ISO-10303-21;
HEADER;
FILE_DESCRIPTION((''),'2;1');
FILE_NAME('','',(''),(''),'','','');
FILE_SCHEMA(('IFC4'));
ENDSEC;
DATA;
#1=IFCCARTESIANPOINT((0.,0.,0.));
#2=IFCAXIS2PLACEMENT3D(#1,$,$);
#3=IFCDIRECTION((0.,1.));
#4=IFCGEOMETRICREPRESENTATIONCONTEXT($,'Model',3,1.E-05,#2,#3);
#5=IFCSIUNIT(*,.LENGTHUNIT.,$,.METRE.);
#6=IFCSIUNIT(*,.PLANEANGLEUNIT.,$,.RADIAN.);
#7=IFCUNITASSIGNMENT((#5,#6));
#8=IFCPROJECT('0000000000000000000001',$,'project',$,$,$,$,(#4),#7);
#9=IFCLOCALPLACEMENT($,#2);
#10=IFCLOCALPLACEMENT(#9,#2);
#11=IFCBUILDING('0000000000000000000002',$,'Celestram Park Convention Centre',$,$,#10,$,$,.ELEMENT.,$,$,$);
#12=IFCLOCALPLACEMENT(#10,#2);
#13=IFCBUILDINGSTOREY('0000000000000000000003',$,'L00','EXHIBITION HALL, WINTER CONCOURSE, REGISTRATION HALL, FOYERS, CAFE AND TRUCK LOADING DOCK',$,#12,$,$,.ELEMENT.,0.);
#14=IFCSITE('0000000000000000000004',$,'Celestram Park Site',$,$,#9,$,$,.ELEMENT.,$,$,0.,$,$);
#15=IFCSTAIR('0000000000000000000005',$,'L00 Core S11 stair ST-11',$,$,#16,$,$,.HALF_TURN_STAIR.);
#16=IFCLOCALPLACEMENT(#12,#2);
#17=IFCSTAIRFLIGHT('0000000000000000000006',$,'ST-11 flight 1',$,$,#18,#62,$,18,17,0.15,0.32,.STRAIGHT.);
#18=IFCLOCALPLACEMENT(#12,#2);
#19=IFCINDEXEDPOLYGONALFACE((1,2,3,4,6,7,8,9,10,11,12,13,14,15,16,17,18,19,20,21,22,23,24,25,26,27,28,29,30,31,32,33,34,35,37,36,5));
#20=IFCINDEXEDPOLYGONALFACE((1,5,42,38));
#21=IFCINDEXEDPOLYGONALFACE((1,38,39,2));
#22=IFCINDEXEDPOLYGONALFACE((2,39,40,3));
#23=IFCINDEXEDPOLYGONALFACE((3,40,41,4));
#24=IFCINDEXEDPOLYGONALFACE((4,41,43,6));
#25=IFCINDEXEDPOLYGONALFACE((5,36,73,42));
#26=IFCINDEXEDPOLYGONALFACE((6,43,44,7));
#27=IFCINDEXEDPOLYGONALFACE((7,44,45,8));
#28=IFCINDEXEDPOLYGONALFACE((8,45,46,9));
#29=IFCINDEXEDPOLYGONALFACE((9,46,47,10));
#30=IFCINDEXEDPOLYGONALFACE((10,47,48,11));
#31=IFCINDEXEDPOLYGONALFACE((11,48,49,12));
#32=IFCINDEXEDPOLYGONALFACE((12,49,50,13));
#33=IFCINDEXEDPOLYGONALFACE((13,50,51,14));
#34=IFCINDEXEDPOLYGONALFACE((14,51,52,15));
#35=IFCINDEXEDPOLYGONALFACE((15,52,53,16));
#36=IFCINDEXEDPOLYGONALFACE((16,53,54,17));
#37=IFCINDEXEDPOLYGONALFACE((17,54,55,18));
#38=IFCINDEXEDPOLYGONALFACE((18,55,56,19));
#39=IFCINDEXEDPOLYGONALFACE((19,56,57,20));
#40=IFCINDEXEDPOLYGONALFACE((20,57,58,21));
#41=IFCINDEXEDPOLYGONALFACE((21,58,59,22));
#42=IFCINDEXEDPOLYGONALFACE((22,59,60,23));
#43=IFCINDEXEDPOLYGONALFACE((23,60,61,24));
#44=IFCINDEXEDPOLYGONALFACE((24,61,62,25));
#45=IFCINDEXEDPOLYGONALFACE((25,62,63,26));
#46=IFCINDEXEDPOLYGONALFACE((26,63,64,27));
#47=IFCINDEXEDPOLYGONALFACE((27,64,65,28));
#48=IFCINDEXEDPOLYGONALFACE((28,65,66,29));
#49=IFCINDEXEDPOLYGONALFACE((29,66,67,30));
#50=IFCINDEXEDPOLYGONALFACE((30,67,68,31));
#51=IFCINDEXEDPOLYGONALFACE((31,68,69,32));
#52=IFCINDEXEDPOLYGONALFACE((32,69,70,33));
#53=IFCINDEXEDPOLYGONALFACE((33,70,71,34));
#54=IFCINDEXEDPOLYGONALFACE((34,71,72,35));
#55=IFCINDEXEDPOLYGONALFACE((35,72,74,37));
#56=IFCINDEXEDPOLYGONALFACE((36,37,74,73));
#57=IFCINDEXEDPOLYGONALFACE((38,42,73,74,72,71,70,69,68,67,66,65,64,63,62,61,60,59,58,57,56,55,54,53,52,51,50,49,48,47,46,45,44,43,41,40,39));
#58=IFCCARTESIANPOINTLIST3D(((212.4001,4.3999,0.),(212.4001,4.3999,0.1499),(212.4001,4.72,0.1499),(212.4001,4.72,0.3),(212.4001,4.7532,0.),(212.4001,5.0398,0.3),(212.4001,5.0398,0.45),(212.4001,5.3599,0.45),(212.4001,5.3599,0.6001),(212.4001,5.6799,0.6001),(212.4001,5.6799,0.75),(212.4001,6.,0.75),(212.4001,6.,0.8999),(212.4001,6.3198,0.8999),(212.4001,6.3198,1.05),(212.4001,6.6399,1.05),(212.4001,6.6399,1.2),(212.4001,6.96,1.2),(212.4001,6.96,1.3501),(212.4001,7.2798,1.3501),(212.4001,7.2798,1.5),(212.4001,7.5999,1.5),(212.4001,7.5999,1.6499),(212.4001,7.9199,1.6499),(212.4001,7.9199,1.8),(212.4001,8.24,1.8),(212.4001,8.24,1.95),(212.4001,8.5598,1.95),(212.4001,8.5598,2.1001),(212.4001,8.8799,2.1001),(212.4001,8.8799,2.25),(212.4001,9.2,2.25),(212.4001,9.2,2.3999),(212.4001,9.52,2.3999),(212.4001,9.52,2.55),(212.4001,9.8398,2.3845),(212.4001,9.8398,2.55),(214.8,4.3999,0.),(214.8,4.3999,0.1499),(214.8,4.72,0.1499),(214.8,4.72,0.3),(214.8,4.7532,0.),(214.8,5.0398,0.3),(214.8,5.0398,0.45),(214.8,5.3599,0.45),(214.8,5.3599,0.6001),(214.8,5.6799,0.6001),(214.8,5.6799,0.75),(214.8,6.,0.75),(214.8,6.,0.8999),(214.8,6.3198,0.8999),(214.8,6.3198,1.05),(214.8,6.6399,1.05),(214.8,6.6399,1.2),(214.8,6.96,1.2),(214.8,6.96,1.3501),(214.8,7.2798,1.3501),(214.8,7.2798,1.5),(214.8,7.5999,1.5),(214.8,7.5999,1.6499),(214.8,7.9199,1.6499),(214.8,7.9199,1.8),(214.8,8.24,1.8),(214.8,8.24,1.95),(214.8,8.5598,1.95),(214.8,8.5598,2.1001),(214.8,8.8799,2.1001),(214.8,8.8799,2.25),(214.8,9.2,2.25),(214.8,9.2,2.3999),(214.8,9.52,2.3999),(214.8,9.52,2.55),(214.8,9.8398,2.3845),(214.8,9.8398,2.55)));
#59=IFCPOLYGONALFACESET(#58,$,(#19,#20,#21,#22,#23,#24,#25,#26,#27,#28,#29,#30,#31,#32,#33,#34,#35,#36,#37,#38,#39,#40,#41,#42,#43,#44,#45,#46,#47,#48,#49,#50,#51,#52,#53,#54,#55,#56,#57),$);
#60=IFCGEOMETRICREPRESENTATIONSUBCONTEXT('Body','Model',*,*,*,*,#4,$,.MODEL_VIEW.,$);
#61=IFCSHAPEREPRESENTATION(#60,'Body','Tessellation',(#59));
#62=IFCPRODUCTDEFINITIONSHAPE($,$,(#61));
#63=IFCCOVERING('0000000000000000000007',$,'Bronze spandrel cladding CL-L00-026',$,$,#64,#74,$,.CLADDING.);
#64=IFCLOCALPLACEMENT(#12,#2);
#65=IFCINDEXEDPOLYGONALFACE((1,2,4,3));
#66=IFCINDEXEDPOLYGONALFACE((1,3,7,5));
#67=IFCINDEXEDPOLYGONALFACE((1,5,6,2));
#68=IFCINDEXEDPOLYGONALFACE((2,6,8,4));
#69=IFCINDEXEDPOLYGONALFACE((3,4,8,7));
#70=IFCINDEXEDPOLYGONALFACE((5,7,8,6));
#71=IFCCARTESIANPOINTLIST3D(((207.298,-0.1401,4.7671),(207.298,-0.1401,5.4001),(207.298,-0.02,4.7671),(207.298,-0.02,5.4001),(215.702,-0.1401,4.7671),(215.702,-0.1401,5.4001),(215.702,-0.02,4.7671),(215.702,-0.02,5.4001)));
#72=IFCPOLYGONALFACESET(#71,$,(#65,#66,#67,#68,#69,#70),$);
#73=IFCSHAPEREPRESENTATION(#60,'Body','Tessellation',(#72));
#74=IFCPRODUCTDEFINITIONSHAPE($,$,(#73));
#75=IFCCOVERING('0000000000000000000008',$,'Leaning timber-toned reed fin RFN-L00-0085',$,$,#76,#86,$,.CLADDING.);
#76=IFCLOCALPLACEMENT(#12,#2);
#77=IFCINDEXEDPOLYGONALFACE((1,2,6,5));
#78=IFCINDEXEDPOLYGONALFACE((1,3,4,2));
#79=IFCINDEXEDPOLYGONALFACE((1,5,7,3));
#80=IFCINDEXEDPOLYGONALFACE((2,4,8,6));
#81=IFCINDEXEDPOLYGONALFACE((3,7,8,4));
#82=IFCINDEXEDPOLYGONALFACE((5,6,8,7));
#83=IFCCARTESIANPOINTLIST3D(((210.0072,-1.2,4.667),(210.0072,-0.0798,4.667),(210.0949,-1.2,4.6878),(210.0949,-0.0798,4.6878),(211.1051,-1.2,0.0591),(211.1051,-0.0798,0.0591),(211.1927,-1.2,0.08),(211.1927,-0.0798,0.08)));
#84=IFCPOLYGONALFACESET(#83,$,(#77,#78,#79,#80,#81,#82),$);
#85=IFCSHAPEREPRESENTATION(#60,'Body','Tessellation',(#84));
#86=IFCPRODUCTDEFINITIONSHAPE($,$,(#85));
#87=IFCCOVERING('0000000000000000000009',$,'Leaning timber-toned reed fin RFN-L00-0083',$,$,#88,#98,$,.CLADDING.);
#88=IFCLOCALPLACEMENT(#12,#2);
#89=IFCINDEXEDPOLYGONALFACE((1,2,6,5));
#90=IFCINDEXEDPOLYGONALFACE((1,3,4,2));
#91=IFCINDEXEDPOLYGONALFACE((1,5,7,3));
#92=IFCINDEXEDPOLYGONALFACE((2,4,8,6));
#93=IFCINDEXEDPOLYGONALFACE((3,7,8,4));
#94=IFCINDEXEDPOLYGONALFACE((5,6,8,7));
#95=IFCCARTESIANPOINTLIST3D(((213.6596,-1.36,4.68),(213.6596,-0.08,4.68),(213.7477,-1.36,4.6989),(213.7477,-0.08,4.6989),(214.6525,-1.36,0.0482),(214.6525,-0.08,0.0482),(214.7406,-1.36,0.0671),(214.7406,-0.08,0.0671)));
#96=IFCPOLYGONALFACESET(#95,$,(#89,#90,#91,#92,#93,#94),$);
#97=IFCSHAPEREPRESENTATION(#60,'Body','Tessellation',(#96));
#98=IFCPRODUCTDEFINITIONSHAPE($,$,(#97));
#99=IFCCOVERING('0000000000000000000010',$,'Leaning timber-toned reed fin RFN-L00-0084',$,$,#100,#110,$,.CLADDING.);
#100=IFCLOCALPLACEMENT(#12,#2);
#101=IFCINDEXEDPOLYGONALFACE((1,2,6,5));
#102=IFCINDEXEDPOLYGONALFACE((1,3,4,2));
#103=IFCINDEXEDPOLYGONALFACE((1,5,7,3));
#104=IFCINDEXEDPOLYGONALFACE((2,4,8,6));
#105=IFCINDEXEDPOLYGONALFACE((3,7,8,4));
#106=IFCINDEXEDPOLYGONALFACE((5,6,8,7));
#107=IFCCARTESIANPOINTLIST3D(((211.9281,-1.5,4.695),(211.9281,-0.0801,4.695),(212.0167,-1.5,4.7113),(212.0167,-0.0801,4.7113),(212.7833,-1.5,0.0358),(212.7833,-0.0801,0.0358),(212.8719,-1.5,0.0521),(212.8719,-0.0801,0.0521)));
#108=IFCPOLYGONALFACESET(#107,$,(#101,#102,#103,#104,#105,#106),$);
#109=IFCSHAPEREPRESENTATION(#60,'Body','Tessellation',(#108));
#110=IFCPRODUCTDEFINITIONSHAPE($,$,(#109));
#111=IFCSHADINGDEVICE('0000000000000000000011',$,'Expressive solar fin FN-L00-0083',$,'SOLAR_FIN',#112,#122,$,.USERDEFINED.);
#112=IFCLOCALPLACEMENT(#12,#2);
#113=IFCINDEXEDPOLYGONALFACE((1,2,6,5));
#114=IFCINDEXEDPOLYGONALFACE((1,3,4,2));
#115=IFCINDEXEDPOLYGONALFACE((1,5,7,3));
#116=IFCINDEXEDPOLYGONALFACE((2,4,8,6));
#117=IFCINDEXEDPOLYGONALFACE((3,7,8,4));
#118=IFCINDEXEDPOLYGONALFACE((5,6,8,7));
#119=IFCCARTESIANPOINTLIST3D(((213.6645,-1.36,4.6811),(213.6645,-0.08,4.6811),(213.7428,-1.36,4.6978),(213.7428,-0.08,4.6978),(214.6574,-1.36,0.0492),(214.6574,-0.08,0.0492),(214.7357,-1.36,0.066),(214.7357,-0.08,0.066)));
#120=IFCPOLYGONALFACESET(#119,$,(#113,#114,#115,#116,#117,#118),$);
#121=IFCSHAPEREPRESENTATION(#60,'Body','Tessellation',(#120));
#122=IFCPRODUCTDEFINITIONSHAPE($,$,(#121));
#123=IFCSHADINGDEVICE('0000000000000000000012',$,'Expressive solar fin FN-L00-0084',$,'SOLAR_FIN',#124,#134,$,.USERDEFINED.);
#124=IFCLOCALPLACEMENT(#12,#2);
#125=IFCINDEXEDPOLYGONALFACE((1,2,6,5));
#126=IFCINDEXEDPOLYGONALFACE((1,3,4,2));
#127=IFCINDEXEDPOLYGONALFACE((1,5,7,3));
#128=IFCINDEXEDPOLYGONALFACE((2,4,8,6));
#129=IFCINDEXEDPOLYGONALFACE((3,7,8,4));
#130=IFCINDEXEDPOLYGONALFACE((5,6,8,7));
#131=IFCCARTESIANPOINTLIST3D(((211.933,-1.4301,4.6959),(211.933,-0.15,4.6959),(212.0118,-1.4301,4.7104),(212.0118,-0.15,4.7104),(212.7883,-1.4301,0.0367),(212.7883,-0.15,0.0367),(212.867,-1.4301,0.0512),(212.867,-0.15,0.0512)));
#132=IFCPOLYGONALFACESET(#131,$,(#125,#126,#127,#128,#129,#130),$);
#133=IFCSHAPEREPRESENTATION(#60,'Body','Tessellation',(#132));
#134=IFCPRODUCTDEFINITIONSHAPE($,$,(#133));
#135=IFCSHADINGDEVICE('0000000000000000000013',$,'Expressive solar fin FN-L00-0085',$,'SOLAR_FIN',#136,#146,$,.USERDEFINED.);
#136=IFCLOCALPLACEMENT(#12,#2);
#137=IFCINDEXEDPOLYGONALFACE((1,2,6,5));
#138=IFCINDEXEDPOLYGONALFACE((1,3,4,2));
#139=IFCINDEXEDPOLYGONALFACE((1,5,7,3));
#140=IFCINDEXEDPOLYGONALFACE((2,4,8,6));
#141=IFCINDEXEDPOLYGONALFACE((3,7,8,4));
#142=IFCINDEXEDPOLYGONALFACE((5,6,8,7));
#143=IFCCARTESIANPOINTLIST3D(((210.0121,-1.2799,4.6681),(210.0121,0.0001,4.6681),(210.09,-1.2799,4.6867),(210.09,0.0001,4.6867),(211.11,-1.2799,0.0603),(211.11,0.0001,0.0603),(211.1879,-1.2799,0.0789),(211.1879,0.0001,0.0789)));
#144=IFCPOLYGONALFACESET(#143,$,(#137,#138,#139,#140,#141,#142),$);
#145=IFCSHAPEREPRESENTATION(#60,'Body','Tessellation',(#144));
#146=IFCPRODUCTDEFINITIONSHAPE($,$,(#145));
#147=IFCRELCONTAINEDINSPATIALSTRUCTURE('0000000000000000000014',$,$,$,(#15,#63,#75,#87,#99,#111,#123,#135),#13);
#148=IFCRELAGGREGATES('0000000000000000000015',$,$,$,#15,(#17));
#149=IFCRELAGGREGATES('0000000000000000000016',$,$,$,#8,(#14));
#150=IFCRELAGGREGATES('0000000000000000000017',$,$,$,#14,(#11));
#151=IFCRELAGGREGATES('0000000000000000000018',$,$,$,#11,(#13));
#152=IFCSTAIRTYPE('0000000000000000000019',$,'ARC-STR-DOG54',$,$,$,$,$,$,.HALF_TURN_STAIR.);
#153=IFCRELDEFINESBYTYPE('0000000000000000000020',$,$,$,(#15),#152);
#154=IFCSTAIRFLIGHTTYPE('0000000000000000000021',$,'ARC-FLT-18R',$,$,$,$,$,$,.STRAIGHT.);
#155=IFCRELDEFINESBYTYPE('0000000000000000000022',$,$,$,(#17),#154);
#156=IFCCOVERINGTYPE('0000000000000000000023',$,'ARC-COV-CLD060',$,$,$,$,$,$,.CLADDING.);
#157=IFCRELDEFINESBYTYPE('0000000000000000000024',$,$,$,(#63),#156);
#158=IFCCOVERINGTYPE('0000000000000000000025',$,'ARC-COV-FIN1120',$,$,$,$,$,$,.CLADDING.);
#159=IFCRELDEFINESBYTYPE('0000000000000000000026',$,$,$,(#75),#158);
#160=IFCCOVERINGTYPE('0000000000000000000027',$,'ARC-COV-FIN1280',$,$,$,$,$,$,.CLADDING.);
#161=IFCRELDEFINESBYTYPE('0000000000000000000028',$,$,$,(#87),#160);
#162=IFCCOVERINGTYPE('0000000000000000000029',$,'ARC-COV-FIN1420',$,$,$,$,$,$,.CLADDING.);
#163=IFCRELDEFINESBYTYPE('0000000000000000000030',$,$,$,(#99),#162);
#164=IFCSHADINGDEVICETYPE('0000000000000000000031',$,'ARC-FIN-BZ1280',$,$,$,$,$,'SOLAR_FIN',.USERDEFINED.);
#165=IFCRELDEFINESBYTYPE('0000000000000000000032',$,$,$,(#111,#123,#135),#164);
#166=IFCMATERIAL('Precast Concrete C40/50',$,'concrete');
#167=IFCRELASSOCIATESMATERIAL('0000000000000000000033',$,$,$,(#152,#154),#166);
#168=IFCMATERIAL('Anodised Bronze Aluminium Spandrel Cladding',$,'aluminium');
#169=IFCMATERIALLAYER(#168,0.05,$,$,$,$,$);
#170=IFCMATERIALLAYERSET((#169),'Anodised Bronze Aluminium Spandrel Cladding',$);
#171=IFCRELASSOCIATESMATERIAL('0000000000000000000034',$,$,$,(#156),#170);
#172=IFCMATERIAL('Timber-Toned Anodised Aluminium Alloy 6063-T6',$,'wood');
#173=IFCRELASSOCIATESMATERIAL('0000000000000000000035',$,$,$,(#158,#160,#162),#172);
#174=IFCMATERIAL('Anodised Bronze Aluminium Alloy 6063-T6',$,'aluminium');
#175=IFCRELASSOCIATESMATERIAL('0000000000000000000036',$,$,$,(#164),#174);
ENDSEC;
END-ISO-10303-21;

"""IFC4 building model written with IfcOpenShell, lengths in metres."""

from ifc_helpers import new_model, si_unit, direction, frame, origin, origin_2d, place, context, subcontext, project, spatial, polyline, rectangle, outline, extrude, material, layer, layer_set, material_profile, profile_set, type_object, element, aggregate, save


model = new_model("IFC4")

# Units and contexts
model_context = context("Model", 3, precision=1e-05, world=origin(), true_north=direction((0.0, 1.0)))
body_context = subcontext(model_context, "Body", "Model", "MODEL_VIEW")
ifc_project = project(units=[si_unit("LENGTHUNIT", "METRE"), si_unit("PLANEANGLEUNIT", "RADIAN")], contexts=[model_context])

# Site, building, storey
site_placement = place(None, origin())
site = spatial("IfcSite", under=ifc_project, at=site_placement, Name="Celestram Park Site", CompositionType="ELEMENT", RefElevation=0.0)
building_placement = place(site_placement, origin())
building = spatial("IfcBuilding", under=site, at=building_placement, Name="Celestram Park Convention Centre", CompositionType="ELEMENT")
storey_placement = place(building_placement, origin())
storey = spatial("IfcBuildingStorey", under=building, at=storey_placement, Name="L00", Description="EXHIBITION HALL, WINTER CONCOURSE, REGISTRATION HALL, FOYERS, CAFE AND TRUCK LOADING DOCK", CompositionType="ELEMENT", Elevation=0.0)

# Stair, stair flight
ifc_material_1 = material(Name="Precast Concrete C40/50", Category="concrete")
stair_type = type_object("IfcStairType", Name="ARC-STR-DOG54", PredefinedType="HALF_TURN_STAIR", material=ifc_material_1)
stair_placement = place(storey_placement, origin())
stair = element("IfcStair", 1, at=stair_placement, inside=storey, type_object=stair_type, Name="L00 Core S11 stair ST-11", PredefinedType="HALF_TURN_STAIR")
stair_flight_type = type_object("IfcStairFlightType", Name="ARC-FLT-18R", PredefinedType="STRAIGHT", material=ifc_material_1)
stair_flight_placement = place(storey_placement, frame((213.6001, 4.3999, 0.0), z_axis=(0.0, 0.0, 1.0), x_axis=(0.0, 1.0, 0.0)))
stair_flight = element("IfcStairFlight", 2, at=stair_flight_placement, type_object=stair_flight_type, Name="ST-11 flight 1", NumberOfRisers=18, NumberOfTreads=17, PredefinedType="STRAIGHT", RiserHeight=0.15, TreadLength=0.32, context=body_context, shape_type="SweptSolid", body=[
    extrude(outline(polyline([(0.0, 0.0), (0.0, 0.1499), (0.3201, 0.1499), (0.3201, 0.3), (0.6399, 0.3), (0.6399, 0.45), (0.96, 0.45), (0.96, 0.6001), (1.28, 0.6001), (1.28, 0.75), (1.6001, 0.75), (1.6001, 0.8999), (1.9199, 0.8999), (1.9199, 1.05), (2.24, 1.05), (2.24, 1.2), (2.5601, 1.2), (2.5601, 1.3501), (2.8799, 1.3501), (2.8799, 1.5), (3.2, 1.5), (3.2, 1.6499), (3.52, 1.6499), (3.52, 1.8), (3.8401, 1.8), (3.8401, 1.95), (4.1599, 1.95), (4.1599, 2.1001), (4.48, 2.1001), (4.48, 2.25), (4.8, 2.25), (4.8, 2.3999), (5.1201, 2.3999), (5.1201, 2.55), (5.4399, 2.55), (5.4399, 2.7), (5.4399, 2.3845), (0.3533, 0.0), (0.0, 0.0)])), frame((0.0, 1.2, 0.0), z_axis=(0.0, -1.0, 0.0), x_axis=(1.0, 0.0, 0.0)), (0.0, 0.0, 1.0), 2.3999),
])
aggregate(stair, [stair_flight])

# Coverings
ifc_material_2 = material(Name="Anodised Bronze Aluminium Spandrel Cladding", Category="aluminium")
ifc_layer_1 = layer(ifc_material_2, 0.05)
ifc_layer_set_1 = layer_set([ifc_layer_1], Name="Anodised Bronze Aluminium Spandrel Cladding")
covering_type_1 = type_object("IfcCoveringType", Name="ARC-COV-CLD060", PredefinedType="CLADDING", material=ifc_layer_set_1)
covering_1_placement = place(storey_placement, frame((211.5, -0.0801, 4.7671), z_axis=(0.0, 0.0, 1.0), x_axis=(-1.0, 0.0, 0.0)))
element("IfcCovering", 3, at=covering_1_placement, inside=storey, type_object=covering_type_1, Name="Bronze spandrel cladding CL-L00-026", PredefinedType="CLADDING", context=body_context, shape_type="SweptSolid", body=[
    extrude(rectangle(XDim=8.4041, YDim=0.1201, at=origin_2d()), origin(), (0.0, 0.0, 1.0), 0.6331),
])
ifc_material_3 = material(Name="Timber-Toned Anodised Aluminium Alloy 6063-T6", Category="wood")
ifc_material_profile_1 = material_profile(ifc_material_3, rectangle(XDim=1.1201, YDim=0.0901, at=origin_2d()), Name="REED1120X90")
ifc_profile_set_1 = profile_set([ifc_material_profile_1], Name="Timber-Toned Anodised Aluminium Alloy 6063-T6")
covering_type_2 = type_object("IfcCoveringType", Name="ARC-COV-FIN1120", PredefinedType="CLADDING", material=ifc_profile_set_1)
covering_2_placement = place(storey_placement, frame((211.1489, -0.6399, 0.0696), z_axis=(-0.231776, 0.0, 0.972769), x_axis=(0.0, -1.0, 0.0)))
element("IfcCovering", 4, at=covering_2_placement, inside=storey, type_object=covering_type_2, Name="Leaning timber-toned reed fin RFN-L00-0085", PredefinedType="CLADDING", context=body_context, shape_type="SweptSolid", body=[
    extrude(rectangle(XDim=1.1201, YDim=0.0901, at=origin_2d()), origin(), (0.0, 0.0, 1.0), 4.7368),
])
ifc_material_profile_2 = material_profile(ifc_material_3, rectangle(XDim=1.28, YDim=0.0901, at=origin_2d()), Name="REED1280X90")
ifc_profile_set_2 = profile_set([ifc_material_profile_2], Name="Timber-Toned Anodised Aluminium Alloy 6063-T6")
covering_type_3 = type_object("IfcCoveringType", Name="ARC-COV-FIN1280", PredefinedType="CLADDING", material=ifc_profile_set_2)
covering_3_placement = place(storey_placement, frame((214.6965, -0.72, 0.0576), z_axis=(-0.209607, 0.0, 0.977786), x_axis=(0.0, -1.0, 0.0)))
element("IfcCovering", 5, at=covering_3_placement, inside=storey, type_object=covering_type_3, Name="Leaning timber-toned reed fin RFN-L00-0083", PredefinedType="CLADDING", context=body_context, shape_type="SweptSolid", body=[
    extrude(rectangle(XDim=1.28, YDim=0.0901, at=origin_2d()), origin(), (0.0, 0.0, 1.0), 4.7371),
])
ifc_material_profile_3 = material_profile(ifc_material_3, rectangle(XDim=1.4199, YDim=0.0901, at=origin_2d()), Name="REED1420X90")
ifc_profile_set_3 = profile_set([ifc_material_profile_3], Name="Timber-Toned Anodised Aluminium Alloy 6063-T6")
covering_type_4 = type_object("IfcCoveringType", Name="ARC-COV-FIN1420", PredefinedType="CLADDING", material=ifc_profile_set_3)
covering_4_placement = place(storey_placement, frame((212.8276, -0.79, 0.0439), z_axis=(-0.180541, 0.0, 0.983568), x_axis=(0.0, -1.0, 0.0)))
element("IfcCovering", 6, at=covering_4_placement, inside=storey, type_object=covering_type_4, Name="Leaning timber-toned reed fin RFN-L00-0084", PredefinedType="CLADDING", context=body_context, shape_type="SweptSolid", body=[
    extrude(rectangle(XDim=1.4199, YDim=0.0901, at=origin_2d()), origin(), (0.0, 0.0, 1.0), 4.7371),
])

# Shading devices
ifc_material_4 = material(Name="Anodised Bronze Aluminium Alloy 6063-T6", Category="aluminium")
ifc_material_profile_4 = material_profile(ifc_material_4, rectangle(XDim=1.28, YDim=0.0801, at=origin_2d()), Name="FIN1280X80")
ifc_profile_set_4 = profile_set([ifc_material_profile_4], Name="Anodised Bronze Aluminium Alloy 6063-T6")
shading_device_type = type_object("IfcShadingDeviceType", Name="ARC-FIN-BZ1280", ElementType="SOLAR_FIN", PredefinedType="USERDEFINED", material=ifc_profile_set_4)
for number, where, z_axis, x_axis, name in (
    (7, (214.6965, -0.72, 0.0576), (-0.209607, 0.0, 0.977786), (0.0, -1.0, 0.0), "Expressive solar fin FN-L00-0083"),
    (8, (212.8276, -0.79, 0.0439), (-0.180541, 0.0, 0.983568), (0.0, -1.0, 0.0), "Expressive solar fin FN-L00-0084"),
):
    element("IfcShadingDevice", number, at=place(storey_placement, frame(where, z_axis=z_axis, x_axis=x_axis)), inside=storey, type_object=shading_device_type, Name=name, ObjectType="SOLAR_FIN", PredefinedType="USERDEFINED", context=body_context, shape_type="SweptSolid", body=[
        extrude(rectangle(XDim=1.28, YDim=0.0801, at=origin_2d()), origin(), (0.0, 0.0, 1.0), 4.7371),
    ])
shading_device_placement = place(storey_placement, frame((211.1489, -0.6399, 0.0696), z_axis=(-0.231776, 0.0, 0.972769), x_axis=(0.0, -1.0, 0.0)))
element("IfcShadingDevice", 9, at=shading_device_placement, inside=storey, type_object=shading_device_type, Name="Expressive solar fin FN-L00-0085", ObjectType="SOLAR_FIN", PredefinedType="USERDEFINED", context=body_context, shape_type="SweptSolid", body=[
    extrude(rectangle(XDim=1.28, YDim=0.0801, at=origin_2d()), origin(), (0.0, 0.0, 1.0), 4.7368),
])

save(model, "model.ifc")
